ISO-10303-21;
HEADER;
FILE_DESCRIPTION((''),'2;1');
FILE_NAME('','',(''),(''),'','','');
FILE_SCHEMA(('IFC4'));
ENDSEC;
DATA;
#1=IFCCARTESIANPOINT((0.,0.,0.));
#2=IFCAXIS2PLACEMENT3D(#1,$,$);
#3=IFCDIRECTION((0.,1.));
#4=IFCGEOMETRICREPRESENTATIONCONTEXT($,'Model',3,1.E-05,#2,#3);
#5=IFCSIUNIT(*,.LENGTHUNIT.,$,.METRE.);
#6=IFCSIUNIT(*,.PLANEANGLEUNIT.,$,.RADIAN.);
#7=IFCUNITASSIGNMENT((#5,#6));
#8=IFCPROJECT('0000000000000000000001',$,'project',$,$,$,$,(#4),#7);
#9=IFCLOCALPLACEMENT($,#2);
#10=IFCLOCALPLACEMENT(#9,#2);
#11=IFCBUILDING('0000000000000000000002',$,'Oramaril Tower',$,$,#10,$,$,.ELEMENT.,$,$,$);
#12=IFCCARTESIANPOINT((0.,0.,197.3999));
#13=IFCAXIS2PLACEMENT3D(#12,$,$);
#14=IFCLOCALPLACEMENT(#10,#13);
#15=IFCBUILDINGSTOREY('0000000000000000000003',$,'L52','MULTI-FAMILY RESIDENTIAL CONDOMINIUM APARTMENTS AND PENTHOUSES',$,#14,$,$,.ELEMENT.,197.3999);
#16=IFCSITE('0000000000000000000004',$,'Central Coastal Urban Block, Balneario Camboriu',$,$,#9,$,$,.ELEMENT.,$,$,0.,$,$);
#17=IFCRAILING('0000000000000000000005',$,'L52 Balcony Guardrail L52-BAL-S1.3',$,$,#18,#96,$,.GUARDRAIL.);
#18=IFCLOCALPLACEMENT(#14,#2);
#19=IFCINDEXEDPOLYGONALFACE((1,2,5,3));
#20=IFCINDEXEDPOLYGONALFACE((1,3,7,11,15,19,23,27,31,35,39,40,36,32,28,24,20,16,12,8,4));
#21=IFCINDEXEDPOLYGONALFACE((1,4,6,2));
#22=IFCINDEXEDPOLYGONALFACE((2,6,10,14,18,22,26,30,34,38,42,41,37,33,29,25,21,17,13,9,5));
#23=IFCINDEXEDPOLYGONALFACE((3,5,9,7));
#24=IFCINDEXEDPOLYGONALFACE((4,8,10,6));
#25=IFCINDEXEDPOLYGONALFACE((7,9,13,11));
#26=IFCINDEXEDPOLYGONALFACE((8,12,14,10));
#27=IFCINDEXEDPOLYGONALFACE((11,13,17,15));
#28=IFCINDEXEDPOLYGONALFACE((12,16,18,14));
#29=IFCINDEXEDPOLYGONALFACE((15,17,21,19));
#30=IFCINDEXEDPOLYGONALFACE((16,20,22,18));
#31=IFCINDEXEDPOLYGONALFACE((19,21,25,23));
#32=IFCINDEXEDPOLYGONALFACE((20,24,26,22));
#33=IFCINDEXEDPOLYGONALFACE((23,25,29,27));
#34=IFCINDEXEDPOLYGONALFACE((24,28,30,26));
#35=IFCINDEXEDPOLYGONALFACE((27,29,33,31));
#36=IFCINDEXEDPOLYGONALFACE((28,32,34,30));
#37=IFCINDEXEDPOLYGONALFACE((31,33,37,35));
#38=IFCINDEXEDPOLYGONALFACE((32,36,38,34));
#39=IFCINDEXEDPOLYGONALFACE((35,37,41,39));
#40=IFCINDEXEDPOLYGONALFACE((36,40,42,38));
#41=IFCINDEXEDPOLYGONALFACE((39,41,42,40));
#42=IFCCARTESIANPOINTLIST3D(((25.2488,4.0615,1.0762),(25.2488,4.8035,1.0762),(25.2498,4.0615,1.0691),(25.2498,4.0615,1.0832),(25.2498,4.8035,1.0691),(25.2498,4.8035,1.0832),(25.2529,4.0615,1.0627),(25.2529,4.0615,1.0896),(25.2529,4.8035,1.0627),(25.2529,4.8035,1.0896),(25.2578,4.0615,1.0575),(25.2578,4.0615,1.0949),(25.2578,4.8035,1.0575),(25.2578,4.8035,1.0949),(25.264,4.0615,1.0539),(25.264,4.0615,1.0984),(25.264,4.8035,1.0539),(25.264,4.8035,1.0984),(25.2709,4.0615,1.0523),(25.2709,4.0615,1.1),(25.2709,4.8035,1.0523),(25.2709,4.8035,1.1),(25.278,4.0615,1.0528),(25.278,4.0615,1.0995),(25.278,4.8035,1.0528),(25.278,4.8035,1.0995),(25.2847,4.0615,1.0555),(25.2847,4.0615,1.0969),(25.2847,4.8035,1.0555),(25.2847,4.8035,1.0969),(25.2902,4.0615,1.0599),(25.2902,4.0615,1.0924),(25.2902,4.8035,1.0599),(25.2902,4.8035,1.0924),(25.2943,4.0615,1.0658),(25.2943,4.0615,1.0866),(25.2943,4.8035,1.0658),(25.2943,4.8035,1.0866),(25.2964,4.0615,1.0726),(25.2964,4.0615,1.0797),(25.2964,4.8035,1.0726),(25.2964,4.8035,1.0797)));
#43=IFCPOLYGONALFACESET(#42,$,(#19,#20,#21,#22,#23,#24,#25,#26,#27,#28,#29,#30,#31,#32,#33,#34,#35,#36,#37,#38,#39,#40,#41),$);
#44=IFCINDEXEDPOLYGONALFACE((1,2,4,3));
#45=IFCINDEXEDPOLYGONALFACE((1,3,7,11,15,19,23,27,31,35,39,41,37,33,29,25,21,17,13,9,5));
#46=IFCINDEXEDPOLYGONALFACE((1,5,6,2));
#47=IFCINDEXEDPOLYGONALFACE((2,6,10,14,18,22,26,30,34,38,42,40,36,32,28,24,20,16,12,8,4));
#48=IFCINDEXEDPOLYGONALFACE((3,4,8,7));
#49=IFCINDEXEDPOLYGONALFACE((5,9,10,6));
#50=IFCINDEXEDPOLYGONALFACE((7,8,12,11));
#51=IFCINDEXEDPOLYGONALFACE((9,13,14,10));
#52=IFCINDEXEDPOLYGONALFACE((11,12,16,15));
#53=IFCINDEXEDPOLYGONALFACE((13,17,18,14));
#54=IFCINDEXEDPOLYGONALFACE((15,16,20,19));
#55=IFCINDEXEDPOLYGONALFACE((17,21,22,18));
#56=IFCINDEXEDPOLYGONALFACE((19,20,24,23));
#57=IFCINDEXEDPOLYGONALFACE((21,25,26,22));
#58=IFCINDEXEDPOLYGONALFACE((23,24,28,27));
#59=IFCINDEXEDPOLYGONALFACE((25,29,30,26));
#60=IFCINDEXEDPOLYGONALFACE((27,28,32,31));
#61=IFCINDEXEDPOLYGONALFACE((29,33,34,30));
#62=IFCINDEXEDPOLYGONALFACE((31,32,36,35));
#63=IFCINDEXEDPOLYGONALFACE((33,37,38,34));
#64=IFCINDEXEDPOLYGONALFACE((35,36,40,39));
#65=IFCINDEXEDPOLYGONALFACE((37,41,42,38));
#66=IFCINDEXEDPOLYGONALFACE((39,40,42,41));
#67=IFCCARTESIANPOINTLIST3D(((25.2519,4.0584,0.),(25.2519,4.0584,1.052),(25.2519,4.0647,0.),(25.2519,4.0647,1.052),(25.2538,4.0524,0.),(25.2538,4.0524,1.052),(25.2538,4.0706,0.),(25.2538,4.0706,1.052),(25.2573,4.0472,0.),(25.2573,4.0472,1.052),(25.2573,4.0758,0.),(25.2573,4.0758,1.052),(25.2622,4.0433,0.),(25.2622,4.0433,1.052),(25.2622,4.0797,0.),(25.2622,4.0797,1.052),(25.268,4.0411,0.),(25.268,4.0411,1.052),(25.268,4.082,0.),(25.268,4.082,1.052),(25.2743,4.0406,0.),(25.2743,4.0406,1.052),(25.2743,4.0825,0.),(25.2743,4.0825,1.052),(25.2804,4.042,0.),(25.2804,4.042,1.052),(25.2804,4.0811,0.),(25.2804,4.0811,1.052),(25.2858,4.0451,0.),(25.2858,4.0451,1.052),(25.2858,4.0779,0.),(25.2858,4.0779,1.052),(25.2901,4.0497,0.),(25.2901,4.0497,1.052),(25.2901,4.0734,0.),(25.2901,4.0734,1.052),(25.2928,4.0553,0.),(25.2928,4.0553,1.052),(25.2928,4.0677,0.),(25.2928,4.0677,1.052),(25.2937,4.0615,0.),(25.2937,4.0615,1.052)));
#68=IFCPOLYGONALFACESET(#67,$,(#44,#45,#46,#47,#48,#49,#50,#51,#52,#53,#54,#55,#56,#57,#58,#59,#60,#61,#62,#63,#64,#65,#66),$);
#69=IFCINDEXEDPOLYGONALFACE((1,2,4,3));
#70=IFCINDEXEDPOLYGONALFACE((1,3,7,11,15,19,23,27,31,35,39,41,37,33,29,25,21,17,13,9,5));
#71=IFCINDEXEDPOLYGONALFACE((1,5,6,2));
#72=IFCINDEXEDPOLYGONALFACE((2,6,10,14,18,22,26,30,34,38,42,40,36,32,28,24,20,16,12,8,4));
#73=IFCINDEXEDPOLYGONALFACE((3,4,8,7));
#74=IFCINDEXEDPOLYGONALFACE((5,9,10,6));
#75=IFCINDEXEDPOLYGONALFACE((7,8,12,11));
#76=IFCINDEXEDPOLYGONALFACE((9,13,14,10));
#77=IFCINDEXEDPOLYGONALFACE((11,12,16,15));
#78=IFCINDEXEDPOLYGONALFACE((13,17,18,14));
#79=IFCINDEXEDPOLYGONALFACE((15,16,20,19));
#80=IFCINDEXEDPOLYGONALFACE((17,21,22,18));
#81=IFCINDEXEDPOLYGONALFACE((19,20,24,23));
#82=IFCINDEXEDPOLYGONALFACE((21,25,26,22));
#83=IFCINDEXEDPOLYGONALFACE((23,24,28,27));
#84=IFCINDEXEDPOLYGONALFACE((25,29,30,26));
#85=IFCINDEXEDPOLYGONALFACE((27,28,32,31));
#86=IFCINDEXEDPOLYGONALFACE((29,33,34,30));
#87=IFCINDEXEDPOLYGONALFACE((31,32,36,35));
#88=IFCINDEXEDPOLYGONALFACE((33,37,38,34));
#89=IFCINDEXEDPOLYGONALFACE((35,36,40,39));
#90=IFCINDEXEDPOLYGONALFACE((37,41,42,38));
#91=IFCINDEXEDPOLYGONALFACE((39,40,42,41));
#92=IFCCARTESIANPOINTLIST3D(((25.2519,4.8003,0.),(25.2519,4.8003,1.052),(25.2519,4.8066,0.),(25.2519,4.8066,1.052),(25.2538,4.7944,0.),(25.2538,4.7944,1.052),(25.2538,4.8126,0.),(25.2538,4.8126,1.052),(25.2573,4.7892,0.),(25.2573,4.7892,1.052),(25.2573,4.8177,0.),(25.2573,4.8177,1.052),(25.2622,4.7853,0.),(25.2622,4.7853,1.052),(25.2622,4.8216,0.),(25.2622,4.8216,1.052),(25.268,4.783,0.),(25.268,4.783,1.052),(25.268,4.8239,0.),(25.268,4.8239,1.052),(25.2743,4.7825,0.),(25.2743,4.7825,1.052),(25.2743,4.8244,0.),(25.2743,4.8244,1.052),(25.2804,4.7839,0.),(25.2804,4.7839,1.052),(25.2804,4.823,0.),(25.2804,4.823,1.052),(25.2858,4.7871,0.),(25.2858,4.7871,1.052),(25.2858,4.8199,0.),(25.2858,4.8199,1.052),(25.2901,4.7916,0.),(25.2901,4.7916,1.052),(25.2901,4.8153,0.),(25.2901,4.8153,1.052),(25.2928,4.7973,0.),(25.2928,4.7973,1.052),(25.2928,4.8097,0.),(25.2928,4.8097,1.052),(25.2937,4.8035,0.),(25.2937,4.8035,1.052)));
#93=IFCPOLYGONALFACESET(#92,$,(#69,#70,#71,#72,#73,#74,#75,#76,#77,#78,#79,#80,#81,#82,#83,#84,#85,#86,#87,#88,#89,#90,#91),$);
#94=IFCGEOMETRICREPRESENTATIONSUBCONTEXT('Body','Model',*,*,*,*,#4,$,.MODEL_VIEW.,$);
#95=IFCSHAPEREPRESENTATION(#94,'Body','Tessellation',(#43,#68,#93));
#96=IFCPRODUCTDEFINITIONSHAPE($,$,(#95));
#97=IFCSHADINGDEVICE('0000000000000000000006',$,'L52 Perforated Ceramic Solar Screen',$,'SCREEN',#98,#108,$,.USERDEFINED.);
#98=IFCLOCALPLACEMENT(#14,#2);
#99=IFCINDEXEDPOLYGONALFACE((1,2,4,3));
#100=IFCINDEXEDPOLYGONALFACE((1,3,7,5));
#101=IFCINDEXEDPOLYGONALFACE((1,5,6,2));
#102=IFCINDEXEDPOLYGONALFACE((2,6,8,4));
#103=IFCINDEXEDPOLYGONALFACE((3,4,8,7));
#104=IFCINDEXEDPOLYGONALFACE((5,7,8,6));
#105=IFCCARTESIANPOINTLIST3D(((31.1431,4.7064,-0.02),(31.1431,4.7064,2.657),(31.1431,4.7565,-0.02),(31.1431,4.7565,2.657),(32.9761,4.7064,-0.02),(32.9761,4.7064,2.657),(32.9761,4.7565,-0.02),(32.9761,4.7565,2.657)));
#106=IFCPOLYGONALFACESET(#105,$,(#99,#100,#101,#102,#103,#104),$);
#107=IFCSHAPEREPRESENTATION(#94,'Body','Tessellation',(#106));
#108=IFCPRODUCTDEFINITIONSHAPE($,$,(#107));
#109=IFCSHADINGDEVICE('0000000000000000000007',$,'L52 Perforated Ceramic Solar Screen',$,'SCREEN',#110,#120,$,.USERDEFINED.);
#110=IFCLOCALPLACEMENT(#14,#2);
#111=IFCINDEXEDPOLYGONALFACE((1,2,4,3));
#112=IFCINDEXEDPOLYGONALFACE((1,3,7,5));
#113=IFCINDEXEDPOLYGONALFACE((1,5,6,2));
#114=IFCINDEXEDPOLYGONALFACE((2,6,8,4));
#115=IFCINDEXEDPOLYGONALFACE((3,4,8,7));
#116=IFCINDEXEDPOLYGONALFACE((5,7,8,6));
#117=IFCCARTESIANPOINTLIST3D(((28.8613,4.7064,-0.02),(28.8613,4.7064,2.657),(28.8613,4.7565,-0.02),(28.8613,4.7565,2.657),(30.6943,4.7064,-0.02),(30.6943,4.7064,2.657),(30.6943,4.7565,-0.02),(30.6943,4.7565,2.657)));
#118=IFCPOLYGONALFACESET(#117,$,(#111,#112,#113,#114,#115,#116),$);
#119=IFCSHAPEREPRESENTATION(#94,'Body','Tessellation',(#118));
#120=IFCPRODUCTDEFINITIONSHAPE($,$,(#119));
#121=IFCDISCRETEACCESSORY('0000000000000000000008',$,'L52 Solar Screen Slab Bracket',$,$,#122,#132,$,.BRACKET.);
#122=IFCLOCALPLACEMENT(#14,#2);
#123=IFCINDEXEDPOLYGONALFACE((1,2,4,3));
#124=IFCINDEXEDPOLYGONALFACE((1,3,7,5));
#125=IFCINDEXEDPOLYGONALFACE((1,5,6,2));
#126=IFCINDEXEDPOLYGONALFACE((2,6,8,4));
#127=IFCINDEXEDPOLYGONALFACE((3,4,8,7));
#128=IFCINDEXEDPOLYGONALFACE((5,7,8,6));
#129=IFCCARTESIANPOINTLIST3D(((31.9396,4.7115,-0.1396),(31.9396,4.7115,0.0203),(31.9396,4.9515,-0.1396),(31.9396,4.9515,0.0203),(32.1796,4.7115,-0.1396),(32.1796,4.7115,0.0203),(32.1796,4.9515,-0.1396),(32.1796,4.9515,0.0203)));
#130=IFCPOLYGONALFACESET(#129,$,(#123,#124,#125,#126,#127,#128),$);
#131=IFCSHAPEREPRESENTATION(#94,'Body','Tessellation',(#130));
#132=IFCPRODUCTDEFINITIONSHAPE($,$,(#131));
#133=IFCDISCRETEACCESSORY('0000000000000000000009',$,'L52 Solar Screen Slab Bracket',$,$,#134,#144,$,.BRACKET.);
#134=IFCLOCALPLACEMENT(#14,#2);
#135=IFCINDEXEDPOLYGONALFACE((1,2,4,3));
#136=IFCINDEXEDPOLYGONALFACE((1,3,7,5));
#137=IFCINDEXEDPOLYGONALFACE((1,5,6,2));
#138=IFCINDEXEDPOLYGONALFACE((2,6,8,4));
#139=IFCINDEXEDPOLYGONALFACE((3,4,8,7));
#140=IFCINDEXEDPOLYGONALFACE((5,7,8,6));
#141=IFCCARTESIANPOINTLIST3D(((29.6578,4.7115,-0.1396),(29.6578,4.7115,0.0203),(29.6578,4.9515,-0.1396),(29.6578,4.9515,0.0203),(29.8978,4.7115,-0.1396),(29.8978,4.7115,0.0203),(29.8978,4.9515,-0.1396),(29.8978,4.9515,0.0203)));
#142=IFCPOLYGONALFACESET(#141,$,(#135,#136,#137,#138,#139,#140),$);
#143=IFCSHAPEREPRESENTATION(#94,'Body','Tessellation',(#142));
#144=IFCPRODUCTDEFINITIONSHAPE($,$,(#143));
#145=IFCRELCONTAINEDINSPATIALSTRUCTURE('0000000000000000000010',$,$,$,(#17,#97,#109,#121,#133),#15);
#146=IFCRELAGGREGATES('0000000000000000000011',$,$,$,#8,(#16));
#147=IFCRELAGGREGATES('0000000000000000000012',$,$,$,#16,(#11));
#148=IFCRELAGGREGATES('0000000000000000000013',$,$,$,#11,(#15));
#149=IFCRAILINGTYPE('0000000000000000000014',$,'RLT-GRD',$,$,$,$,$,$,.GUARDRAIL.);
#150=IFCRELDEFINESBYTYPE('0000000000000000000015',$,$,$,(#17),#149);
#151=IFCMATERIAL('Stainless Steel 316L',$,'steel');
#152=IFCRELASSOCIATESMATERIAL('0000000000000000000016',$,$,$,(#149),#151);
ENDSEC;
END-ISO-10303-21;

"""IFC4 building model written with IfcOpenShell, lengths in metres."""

from ifc_helpers import new_model, si_unit, direction, frame, origin, origin_2d, place, context, subcontext, project, spatial, rectangle, circle, extrude, material, type_object, element, save


model = new_model("IFC4")

# Units and contexts
model_context = context("Model", 3, precision=1e-05, world=origin(), true_north=direction((0.0, 1.0)))
body_context = subcontext(model_context, "Body", "Model", "MODEL_VIEW")
ifc_project = project(units=[si_unit("LENGTHUNIT", "METRE"), si_unit("PLANEANGLEUNIT", "RADIAN")], contexts=[model_context])

# Site, building, storey
site_placement = place(None, origin())
site = spatial("IfcSite", under=ifc_project, at=site_placement, Name="Central Coastal Urban Block, Balneario Camboriu", CompositionType="ELEMENT", RefElevation=0.0)
building_placement = place(site_placement, origin())
building = spatial("IfcBuilding", under=site, at=building_placement, Name="Oramaril Tower", CompositionType="ELEMENT")
storey_placement = place(building_placement, frame((0.0, 0.0, 197.3999)))
storey = spatial("IfcBuildingStorey", under=building, at=storey_placement, Name="L52", Description="MULTI-FAMILY RESIDENTIAL CONDOMINIUM APARTMENTS AND PENTHOUSES", CompositionType="ELEMENT", Elevation=197.3999)

# Railing
ifc_material_1 = material(Name="Stainless Steel 316L", Category="steel")
railing_type = type_object("IfcRailingType", Name="RLT-GRD", PredefinedType="GUARDRAIL", material=ifc_material_1)
railing_1_placement = place(storey_placement, frame((25.2727, 4.0615, 0.0)))
element("IfcRailing", 1, at=railing_1_placement, inside=storey, type_object=railing_type, Name="L52 Balcony Guardrail L52-BAL-S1.3", PredefinedType="GUARDRAIL", context=body_context, shape_type="SweptSolid", body=[
    extrude(circle(Radius=0.0239, at=origin_2d()), frame((0.0, 0.0, 1.0762), z_axis=(0.0, 1.0, 0.0), x_axis=(-1.0, 0.0, 0.0)), (0.0, 0.0, 1.0), 0.7419),
    extrude(circle(Radius=0.021, at=origin_2d()), origin(), (0.0, 0.0, 1.0), 1.052),
    extrude(circle(Radius=0.021, at=origin_2d()), frame((0.0, 0.7419, 0.0)), (0.0, 0.0, 1.0), 1.052),
])

# Shading devices
for number, where, z_axis, x_axis, name in (
    (2, (32.0596, 4.7314, -0.02), (0.0, 0.0, 1.0), (1.0, 0.0, 0.0), "L52 Perforated Ceramic Solar Screen"),
    (3, (29.7778, 4.7314, -0.02), (0.0, 0.0, 1.0), (1.0, 0.0, 0.0), "L52 Perforated Ceramic Solar Screen"),
):
    element("IfcShadingDevice", number, at=place(storey_placement, frame(where, z_axis=z_axis, x_axis=x_axis)), inside=storey, Name=name, ObjectType="SCREEN", PredefinedType="USERDEFINED", context=body_context, shape_type="SweptSolid", body=[
        extrude(rectangle(XDim=1.833, YDim=0.05, at=origin_2d()), origin(), (0.0, 0.0, 1.0), 2.677),
    ])

# Discrete accessories
for number, where, z_axis, x_axis, name in (
    (4, (32.0596, 4.8315, -0.1396), (0.0, 0.0, 1.0), (1.0, 0.0, 0.0), "L52 Solar Screen Slab Bracket"),
    (5, (29.7778, 4.8315, -0.1396), (0.0, 0.0, 1.0), (1.0, 0.0, 0.0), "L52 Solar Screen Slab Bracket"),
):
    element("IfcDiscreteAccessory", number, at=place(storey_placement, frame(where, z_axis=z_axis, x_axis=x_axis)), inside=storey, Name=name, PredefinedType="BRACKET", context=body_context, shape_type="SweptSolid", body=[
        extrude(rectangle(XDim=0.24, YDim=0.24, at=origin_2d()), origin(), (0.0, 0.0, 1.0), 0.1599),
    ])

save(model, "model.ifc")
